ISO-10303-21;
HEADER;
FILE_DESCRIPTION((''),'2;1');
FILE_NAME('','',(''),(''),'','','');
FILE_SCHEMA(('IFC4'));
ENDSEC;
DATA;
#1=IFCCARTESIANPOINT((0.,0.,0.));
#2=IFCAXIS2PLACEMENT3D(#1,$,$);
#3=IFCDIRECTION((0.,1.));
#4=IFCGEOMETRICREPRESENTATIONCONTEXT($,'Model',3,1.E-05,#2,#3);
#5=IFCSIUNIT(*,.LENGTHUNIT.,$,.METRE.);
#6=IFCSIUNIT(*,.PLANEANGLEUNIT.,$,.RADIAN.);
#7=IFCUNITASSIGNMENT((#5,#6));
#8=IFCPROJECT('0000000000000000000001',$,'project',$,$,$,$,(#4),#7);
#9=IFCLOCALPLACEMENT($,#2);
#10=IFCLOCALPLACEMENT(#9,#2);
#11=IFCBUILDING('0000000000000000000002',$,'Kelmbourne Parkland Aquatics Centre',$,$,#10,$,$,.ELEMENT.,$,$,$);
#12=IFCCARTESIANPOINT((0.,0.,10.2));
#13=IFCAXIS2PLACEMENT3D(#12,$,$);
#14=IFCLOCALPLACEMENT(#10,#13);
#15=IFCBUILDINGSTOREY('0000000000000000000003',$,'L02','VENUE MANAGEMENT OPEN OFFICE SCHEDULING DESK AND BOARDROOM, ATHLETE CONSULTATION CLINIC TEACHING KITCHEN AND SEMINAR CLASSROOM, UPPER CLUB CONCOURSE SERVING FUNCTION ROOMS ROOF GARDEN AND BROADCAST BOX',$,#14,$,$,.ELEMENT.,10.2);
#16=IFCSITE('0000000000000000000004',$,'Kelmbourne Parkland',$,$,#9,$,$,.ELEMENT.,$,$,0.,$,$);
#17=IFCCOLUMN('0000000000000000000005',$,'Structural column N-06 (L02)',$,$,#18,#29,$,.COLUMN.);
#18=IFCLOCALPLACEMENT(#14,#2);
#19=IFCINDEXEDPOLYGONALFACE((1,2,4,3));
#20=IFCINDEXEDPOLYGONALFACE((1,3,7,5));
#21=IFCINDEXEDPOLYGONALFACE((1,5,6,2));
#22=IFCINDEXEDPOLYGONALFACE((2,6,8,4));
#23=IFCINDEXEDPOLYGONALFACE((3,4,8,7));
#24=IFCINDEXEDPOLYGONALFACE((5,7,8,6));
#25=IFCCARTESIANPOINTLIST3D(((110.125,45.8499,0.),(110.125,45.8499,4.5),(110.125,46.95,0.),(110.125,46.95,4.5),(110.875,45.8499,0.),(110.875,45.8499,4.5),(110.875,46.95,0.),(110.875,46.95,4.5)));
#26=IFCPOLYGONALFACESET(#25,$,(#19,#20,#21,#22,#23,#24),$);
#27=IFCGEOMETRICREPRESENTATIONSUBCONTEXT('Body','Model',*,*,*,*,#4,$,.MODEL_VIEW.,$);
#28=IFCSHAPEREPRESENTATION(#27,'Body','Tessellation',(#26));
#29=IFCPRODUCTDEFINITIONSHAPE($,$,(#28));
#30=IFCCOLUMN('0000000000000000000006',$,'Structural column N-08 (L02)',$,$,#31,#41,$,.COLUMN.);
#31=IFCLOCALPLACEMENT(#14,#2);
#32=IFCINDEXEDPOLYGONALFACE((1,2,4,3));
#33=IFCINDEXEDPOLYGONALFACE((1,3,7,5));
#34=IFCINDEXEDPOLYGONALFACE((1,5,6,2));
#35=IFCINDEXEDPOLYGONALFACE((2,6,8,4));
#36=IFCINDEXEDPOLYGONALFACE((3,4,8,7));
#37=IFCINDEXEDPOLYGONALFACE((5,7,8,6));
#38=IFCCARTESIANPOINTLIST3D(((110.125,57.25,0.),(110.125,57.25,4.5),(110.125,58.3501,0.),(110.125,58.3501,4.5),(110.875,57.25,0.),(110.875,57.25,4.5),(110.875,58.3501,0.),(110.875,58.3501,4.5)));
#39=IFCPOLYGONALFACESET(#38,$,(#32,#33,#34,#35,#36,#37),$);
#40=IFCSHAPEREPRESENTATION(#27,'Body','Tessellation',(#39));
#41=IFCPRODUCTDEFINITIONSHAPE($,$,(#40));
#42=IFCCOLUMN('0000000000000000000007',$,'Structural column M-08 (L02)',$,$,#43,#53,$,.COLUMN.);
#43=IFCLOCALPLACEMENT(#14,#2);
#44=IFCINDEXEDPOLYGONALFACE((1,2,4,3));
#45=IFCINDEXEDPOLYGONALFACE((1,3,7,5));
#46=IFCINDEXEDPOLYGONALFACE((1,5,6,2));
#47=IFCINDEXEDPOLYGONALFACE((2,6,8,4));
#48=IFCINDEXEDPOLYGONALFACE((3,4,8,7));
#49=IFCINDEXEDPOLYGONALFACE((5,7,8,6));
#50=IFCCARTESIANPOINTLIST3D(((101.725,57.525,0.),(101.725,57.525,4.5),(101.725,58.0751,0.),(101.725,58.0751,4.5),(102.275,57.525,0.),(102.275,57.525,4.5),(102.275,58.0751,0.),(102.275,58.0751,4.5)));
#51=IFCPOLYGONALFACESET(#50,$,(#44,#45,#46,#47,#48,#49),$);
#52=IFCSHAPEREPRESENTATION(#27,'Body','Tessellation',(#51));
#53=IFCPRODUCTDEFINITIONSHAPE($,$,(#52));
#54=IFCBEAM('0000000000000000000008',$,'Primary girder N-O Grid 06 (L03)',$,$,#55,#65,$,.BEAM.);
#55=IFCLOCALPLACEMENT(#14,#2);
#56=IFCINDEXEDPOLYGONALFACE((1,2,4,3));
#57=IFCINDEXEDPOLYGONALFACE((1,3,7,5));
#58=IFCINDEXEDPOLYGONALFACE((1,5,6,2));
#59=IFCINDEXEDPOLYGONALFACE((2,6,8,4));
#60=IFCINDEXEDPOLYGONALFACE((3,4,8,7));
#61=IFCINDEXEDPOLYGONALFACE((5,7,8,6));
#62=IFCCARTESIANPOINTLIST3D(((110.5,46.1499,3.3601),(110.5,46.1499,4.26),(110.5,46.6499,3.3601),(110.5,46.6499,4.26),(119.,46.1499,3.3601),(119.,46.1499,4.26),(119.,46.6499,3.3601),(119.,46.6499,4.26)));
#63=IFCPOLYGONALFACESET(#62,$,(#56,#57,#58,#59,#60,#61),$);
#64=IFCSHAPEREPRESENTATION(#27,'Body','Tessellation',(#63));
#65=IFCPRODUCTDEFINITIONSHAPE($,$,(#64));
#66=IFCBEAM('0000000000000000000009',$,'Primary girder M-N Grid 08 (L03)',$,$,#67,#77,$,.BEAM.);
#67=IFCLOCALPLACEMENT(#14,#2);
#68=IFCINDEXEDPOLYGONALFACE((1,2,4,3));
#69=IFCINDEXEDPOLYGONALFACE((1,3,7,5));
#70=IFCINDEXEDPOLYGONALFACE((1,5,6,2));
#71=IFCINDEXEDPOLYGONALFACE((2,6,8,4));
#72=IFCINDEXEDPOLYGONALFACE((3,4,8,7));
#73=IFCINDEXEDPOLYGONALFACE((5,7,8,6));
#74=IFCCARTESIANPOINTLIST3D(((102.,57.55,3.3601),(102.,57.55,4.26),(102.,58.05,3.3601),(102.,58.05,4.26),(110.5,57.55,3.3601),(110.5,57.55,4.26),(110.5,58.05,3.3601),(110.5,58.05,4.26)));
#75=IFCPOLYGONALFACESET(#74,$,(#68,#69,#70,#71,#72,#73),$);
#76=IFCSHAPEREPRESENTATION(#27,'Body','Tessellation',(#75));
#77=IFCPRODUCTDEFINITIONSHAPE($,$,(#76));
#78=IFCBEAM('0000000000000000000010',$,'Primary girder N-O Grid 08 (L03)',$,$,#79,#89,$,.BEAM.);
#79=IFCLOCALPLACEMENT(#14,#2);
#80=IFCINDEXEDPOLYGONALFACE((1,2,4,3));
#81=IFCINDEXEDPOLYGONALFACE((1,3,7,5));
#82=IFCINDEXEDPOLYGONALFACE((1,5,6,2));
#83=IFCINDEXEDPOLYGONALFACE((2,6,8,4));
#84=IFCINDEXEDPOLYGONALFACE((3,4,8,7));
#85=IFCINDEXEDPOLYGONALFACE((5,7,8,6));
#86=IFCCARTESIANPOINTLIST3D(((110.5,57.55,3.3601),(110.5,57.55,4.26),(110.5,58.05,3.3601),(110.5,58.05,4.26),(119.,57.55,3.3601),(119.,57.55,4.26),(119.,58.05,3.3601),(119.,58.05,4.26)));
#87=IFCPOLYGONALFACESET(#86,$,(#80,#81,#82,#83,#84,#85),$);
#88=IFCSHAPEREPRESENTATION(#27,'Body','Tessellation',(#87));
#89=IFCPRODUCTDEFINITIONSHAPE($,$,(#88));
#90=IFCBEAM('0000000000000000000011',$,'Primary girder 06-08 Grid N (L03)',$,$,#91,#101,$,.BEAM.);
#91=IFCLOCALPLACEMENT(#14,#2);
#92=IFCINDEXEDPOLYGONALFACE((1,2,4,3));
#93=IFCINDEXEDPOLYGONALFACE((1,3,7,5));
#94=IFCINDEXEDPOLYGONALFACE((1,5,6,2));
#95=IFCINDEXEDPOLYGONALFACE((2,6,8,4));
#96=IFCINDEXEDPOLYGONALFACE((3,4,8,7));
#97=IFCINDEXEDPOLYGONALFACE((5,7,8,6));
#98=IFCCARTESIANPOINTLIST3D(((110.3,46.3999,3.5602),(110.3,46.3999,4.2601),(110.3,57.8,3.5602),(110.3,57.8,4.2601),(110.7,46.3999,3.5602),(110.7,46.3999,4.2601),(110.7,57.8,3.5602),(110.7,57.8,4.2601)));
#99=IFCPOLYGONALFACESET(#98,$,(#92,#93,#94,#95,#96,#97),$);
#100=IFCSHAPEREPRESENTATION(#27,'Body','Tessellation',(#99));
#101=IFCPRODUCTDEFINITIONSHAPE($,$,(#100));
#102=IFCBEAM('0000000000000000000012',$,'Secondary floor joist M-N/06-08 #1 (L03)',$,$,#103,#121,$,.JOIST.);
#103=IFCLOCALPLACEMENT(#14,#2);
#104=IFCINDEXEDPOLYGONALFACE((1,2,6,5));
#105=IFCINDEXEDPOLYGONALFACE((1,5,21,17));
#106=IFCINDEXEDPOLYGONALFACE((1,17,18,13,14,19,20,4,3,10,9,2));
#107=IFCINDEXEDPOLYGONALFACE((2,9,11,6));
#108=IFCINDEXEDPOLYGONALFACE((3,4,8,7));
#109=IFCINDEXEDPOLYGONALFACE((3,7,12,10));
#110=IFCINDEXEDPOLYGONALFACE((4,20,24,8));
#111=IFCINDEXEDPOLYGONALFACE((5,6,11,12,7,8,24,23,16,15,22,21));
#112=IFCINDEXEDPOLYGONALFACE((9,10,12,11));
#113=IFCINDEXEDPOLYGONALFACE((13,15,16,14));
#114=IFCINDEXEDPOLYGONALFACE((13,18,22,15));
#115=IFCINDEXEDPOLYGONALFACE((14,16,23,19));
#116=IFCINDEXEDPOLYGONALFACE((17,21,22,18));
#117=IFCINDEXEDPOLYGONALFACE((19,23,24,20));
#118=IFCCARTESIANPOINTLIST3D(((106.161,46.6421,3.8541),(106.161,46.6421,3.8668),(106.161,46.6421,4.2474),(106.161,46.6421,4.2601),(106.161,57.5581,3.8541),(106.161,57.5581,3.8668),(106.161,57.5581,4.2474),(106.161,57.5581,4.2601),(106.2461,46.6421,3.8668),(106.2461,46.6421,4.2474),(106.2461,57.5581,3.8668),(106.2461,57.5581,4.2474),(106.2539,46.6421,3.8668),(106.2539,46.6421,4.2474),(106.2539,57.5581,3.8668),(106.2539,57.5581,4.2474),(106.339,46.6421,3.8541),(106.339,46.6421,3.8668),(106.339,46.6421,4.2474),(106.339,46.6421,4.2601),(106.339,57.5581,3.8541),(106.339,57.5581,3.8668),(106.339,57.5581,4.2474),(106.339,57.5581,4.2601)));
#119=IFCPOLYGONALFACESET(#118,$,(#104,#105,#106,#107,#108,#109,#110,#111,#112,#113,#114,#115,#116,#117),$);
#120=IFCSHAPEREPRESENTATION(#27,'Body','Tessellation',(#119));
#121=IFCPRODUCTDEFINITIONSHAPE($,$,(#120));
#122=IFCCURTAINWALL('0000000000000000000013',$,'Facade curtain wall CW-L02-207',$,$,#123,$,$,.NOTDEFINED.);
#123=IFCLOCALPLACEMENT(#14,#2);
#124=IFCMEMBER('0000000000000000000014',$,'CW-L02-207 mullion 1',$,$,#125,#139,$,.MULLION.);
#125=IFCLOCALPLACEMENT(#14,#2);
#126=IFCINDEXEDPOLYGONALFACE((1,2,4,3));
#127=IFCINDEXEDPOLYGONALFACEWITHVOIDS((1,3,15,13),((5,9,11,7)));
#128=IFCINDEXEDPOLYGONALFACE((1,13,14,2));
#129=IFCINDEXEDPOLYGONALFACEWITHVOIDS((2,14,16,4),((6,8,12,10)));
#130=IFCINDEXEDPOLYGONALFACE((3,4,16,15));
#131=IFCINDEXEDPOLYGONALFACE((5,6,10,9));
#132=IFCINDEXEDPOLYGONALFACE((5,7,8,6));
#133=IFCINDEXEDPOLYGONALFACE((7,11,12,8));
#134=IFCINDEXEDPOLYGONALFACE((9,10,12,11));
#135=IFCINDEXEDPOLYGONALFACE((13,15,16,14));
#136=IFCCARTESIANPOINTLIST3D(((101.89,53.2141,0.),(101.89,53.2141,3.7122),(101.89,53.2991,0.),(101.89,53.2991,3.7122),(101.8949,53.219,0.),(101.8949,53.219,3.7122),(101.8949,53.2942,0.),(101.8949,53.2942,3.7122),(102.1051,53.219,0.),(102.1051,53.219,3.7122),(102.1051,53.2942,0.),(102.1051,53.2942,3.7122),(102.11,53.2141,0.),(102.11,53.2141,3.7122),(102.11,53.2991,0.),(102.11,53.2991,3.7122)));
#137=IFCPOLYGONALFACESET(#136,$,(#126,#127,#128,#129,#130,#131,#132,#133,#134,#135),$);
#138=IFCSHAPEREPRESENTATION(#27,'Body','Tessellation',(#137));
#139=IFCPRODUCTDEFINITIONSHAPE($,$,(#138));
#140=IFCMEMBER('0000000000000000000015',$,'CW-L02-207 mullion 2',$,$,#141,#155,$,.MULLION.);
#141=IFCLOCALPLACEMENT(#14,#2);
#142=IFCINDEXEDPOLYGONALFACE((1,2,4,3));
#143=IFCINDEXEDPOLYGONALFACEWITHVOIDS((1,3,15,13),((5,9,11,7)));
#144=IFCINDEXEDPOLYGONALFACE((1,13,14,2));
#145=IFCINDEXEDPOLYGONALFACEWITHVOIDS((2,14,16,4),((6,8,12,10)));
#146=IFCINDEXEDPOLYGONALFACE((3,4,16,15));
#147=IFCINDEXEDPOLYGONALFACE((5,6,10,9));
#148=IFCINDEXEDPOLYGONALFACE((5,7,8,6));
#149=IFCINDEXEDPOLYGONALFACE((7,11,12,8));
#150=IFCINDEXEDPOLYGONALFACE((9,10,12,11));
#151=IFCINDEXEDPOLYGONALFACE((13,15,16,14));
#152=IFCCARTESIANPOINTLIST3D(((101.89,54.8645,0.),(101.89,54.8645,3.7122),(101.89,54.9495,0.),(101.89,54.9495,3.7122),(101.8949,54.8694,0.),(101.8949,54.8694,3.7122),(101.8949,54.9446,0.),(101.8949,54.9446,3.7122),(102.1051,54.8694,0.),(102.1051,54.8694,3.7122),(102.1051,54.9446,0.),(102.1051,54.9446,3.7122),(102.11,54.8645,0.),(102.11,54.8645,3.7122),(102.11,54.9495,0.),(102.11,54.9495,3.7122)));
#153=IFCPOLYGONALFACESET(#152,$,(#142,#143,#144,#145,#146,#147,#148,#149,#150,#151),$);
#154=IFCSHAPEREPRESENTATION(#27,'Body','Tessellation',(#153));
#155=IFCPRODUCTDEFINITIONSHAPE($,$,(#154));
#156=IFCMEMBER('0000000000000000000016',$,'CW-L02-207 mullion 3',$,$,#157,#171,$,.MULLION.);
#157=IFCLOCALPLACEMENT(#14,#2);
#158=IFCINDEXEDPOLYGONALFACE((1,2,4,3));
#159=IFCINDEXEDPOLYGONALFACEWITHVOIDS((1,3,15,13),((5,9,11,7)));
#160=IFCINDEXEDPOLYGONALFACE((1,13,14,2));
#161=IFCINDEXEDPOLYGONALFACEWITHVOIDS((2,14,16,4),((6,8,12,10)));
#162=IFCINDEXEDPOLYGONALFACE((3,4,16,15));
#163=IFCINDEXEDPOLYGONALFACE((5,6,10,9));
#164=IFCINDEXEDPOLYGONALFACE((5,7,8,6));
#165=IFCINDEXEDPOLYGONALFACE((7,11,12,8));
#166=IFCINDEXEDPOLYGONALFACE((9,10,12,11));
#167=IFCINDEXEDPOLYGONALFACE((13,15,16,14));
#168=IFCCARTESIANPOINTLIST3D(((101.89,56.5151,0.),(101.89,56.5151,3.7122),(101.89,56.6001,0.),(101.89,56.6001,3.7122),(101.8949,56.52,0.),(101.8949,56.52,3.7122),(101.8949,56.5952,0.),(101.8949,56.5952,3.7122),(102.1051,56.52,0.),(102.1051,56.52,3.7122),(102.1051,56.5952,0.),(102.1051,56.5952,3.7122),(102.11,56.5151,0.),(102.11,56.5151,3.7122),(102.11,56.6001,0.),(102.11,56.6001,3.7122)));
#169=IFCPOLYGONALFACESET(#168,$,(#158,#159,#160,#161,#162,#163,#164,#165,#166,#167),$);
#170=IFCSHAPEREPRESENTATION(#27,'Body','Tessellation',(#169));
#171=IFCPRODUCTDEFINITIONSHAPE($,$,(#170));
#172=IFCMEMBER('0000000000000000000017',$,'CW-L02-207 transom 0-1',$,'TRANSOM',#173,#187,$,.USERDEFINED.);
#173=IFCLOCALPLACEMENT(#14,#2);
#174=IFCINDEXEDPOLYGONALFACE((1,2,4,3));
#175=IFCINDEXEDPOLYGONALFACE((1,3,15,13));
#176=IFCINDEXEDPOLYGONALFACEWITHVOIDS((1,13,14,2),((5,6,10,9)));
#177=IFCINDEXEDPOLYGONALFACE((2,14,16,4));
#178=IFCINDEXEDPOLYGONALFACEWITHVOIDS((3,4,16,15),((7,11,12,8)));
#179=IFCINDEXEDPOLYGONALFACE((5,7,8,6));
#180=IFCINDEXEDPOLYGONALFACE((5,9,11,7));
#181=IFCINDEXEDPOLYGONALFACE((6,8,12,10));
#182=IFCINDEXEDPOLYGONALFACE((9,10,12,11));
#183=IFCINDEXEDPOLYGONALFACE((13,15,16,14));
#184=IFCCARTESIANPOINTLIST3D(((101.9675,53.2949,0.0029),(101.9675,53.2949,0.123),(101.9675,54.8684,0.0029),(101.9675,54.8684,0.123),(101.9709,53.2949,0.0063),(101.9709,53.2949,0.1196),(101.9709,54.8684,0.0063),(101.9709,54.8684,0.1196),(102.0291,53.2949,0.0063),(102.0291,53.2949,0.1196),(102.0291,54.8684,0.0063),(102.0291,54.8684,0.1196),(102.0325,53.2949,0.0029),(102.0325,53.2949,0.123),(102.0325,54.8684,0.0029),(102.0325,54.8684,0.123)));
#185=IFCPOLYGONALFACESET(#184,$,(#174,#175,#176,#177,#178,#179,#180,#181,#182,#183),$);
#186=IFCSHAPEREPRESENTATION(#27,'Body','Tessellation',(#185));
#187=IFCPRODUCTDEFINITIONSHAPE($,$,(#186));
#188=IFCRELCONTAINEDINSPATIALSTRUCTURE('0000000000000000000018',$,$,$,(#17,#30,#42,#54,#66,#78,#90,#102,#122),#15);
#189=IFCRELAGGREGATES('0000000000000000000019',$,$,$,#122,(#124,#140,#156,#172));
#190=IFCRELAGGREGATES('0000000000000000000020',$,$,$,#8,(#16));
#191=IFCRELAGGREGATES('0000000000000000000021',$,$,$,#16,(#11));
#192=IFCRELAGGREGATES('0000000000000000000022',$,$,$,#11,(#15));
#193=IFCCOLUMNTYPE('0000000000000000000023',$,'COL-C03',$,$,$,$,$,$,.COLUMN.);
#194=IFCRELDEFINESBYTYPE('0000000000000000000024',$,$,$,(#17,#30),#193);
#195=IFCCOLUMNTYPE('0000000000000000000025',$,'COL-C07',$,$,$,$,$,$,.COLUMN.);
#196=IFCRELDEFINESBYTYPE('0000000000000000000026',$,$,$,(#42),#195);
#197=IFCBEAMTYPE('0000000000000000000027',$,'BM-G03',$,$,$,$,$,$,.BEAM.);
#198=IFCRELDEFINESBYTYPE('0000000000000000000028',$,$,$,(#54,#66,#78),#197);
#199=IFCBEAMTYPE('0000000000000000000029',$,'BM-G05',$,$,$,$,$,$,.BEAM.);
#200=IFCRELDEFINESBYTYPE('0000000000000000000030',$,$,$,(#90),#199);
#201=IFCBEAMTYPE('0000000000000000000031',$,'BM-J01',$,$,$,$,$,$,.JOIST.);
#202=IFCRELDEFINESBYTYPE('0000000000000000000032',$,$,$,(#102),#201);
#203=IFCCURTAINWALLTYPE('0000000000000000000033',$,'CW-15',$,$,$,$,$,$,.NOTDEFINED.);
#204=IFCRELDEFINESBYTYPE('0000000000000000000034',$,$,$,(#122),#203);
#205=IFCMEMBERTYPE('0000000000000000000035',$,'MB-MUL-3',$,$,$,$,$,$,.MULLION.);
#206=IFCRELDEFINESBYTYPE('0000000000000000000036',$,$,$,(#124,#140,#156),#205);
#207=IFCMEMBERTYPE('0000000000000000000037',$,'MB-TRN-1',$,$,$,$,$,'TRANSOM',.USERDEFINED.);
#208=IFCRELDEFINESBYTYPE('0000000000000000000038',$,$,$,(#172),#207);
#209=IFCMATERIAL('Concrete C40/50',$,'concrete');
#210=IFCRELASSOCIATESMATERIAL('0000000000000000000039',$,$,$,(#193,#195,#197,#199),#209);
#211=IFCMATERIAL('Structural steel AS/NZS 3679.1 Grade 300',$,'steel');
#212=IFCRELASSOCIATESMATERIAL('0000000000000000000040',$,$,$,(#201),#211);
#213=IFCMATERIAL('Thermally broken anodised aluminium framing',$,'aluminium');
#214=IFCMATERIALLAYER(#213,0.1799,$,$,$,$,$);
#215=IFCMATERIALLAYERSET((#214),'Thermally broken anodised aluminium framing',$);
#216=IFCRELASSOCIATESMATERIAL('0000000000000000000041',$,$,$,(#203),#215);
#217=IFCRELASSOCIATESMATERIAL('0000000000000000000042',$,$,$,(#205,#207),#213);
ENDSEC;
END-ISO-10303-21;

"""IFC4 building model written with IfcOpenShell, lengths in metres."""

from ifc_helpers import new_model, si_unit, direction, frame, origin, origin_2d, place, context, subcontext, project, spatial, rectangle, hollow_rectangle, i_section, extrude, material, layer, layer_set, material_profile, profile_set, type_object, element, aggregate, save


model = new_model("IFC4")

# Units and contexts
model_context = context("Model", 3, precision=1e-05, world=origin(), true_north=direction((0.0, 1.0)))
body_context = subcontext(model_context, "Body", "Model", "MODEL_VIEW")
ifc_project = project(units=[si_unit("LENGTHUNIT", "METRE"), si_unit("PLANEANGLEUNIT", "RADIAN")], contexts=[model_context])

# Site, building, storey
site_placement = place(None, origin())
site = spatial("IfcSite", under=ifc_project, at=site_placement, Name="Kelmbourne Parkland", CompositionType="ELEMENT", RefElevation=0.0)
building_placement = place(site_placement, origin())
building = spatial("IfcBuilding", under=site, at=building_placement, Name="Kelmbourne Parkland Aquatics Centre", CompositionType="ELEMENT")
storey_placement = place(building_placement, frame((0.0, 0.0, 10.2)))
storey = spatial("IfcBuildingStorey", under=building, at=storey_placement, Name="L02", Description="VENUE MANAGEMENT OPEN OFFICE SCHEDULING DESK AND BOARDROOM, ATHLETE CONSULTATION CLINIC TEACHING KITCHEN AND SEMINAR CLASSROOM, UPPER CLUB CONCOURSE SERVING FUNCTION ROOMS ROOF GARDEN AND BROADCAST BOX", CompositionType="ELEMENT", Elevation=10.2)

# Columns
ifc_material_1 = material(Name="Concrete C40/50", Category="concrete")
ifc_material_profile_1 = material_profile(ifc_material_1, rectangle(XDim=0.75, YDim=1.1001, at=origin_2d()), Name="RC 750x1100")
ifc_profile_set_1 = profile_set([ifc_material_profile_1], Name="Concrete C40/50")
column_type_1 = type_object("IfcColumnType", Name="COL-C03", PredefinedType="COLUMN", material=ifc_profile_set_1)
for number, where, z_axis, x_axis, name in (
    (1, (110.5, 46.3999, 0.0), (0.0, 0.0, 1.0), (1.0, 0.0, 0.0), "Structural column N-06 (L02)"),
    (2, (110.5, 57.8, 0.0), (0.0, 0.0, 1.0), (1.0, 0.0, 0.0), "Structural column N-08 (L02)"),
):
    element("IfcColumn", number, at=place(storey_placement, frame(where, z_axis=z_axis, x_axis=x_axis)), inside=storey, type_object=column_type_1, Name=name, PredefinedType="COLUMN", context=body_context, shape_type="SweptSolid", body=[
        extrude(rectangle(XDim=0.75, YDim=1.1001, at=origin_2d()), origin(), (0.0, 0.0, 1.0), 4.5),
    ])
ifc_material_profile_2 = material_profile(ifc_material_1, rectangle(XDim=0.55, YDim=0.55, at=origin_2d()), Name="RC 550x550")
ifc_profile_set_2 = profile_set([ifc_material_profile_2], Name="Concrete C40/50")
column_type_2 = type_object("IfcColumnType", Name="COL-C07", PredefinedType="COLUMN", material=ifc_profile_set_2)
column_placement = place(storey_placement, frame((102.0, 57.8, 0.0), z_axis=(0.0, 0.0, 1.0), x_axis=(1.0, 0.0, 0.0)))
element("IfcColumn", 3, at=column_placement, inside=storey, type_object=column_type_2, Name="Structural column M-08 (L02)", PredefinedType="COLUMN", context=body_context, shape_type="SweptSolid", body=[
    extrude(rectangle(XDim=0.55, YDim=0.55, at=origin_2d()), origin(), (0.0, 0.0, 1.0), 4.5),
])

# Beams
ifc_material_profile_3 = material_profile(ifc_material_1, rectangle(XDim=0.5, YDim=0.8999, at=origin_2d()), Name="RC 500x900")
ifc_profile_set_3 = profile_set([ifc_material_profile_3], Name="Concrete C40/50")
beam_type_1 = type_object("IfcBeamType", Name="BM-G03", PredefinedType="BEAM", material=ifc_profile_set_3)
for number, where, z_axis, x_axis, name in (
    (4, (110.5, 46.3999, 3.8101), (1.0, 0.0, 0.0), (0.0, 1.0, 0.0), "Primary girder N-O Grid 06 (L03)"),
    (5, (102.0, 57.8, 3.8101), (1.0, 0.0, 0.0), (0.0, 1.0, 0.0), "Primary girder M-N Grid 08 (L03)"),
    (6, (110.5, 57.8, 3.8101), (1.0, 0.0, 0.0), (0.0, 1.0, 0.0), "Primary girder N-O Grid 08 (L03)"),
):
    element("IfcBeam", number, at=place(storey_placement, frame(where, z_axis=z_axis, x_axis=x_axis)), inside=storey, type_object=beam_type_1, Name=name, PredefinedType="BEAM", context=body_context, shape_type="SweptSolid", body=[
        extrude(rectangle(XDim=0.5, YDim=0.8999, at=origin_2d()), origin(), (0.0, 0.0, 1.0), 8.5),
    ])
ifc_material_profile_4 = material_profile(ifc_material_1, rectangle(XDim=0.3999, YDim=0.7, at=origin_2d()), Name="RC 400x700")
ifc_profile_set_4 = profile_set([ifc_material_profile_4], Name="Concrete C40/50")
beam_type_2 = type_object("IfcBeamType", Name="BM-G05", PredefinedType="BEAM", material=ifc_profile_set_4)
beam_1_placement = place(storey_placement, frame((110.5, 46.3999, 3.9102), z_axis=(0.0, 1.0, 0.0), x_axis=(-1.0, 0.0, 0.0)))
element("IfcBeam", 7, at=beam_1_placement, inside=storey, type_object=beam_type_2, Name="Primary girder 06-08 Grid N (L03)", PredefinedType="BEAM", context=body_context, shape_type="SweptSolid", body=[
    extrude(rectangle(XDim=0.3999, YDim=0.7, at=origin_2d()), origin(), (0.0, 0.0, 1.0), 11.4001),
])
ifc_material_2 = material(Name="Structural steel AS/NZS 3679.1 Grade 300", Category="steel")
ifc_material_profile_5 = material_profile(ifc_material_2, i_section(OverallWidth=0.178, OverallDepth=0.406, WebThickness=0.0078, FlangeThickness=0.0127, at=origin_2d()), Name="410UB59.7")
ifc_profile_set_5 = profile_set([ifc_material_profile_5], Name="Structural steel AS/NZS 3679.1 Grade 300")
beam_type_3 = type_object("IfcBeamType", Name="BM-J01", PredefinedType="JOIST", material=ifc_profile_set_5)
beam_2_placement = place(storey_placement, frame((106.25, 46.6421, 4.0571), z_axis=(0.0, 1.0, 0.0), x_axis=(-1.0, 0.0, 0.0)))
element("IfcBeam", 8, at=beam_2_placement, inside=storey, type_object=beam_type_3, Name="Secondary floor joist M-N/06-08 #1 (L03)", PredefinedType="JOIST", context=body_context, shape_type="SweptSolid", body=[
    extrude(i_section(OverallWidth=0.178, OverallDepth=0.406, WebThickness=0.0078, FlangeThickness=0.0127, at=origin_2d()), origin(), (0.0, 0.0, 1.0), 10.916),
])

# Curtain wall, members
ifc_material_3 = material(Name="Thermally broken anodised aluminium framing", Category="aluminium")
ifc_layer_1 = layer(ifc_material_3, 0.1799)
ifc_layer_set_1 = layer_set([ifc_layer_1], Name="Thermally broken anodised aluminium framing")
curtain_wall_type = type_object("IfcCurtainWallType", Name="CW-15", PredefinedType="NOTDEFINED", material=ifc_layer_set_1)
curtain_wall_placement = place(storey_placement, origin())
curtain_wall = element("IfcCurtainWall", 9, at=curtain_wall_placement, inside=storey, type_object=curtain_wall_type, Name="Facade curtain wall CW-L02-207", PredefinedType="NOTDEFINED")
ifc_material_profile_6 = material_profile(ifc_material_3, hollow_rectangle(XDim=0.085, YDim=0.22, WallThickness=0.0049, at=origin_2d()), Name="CW-M 85x220")
ifc_profile_set_6 = profile_set([ifc_material_profile_6], Name="Thermally broken anodised aluminium framing")
member_type_1 = type_object("IfcMemberType", Name="MB-MUL-3", PredefinedType="MULLION", material=ifc_profile_set_6)
member_1_placement = place(storey_placement, frame((102.0, 53.2566, 0.0), z_axis=(0.0, 0.0, 1.0), x_axis=(0.0, 1.0, 0.0)))
member_1 = element("IfcMember", 10, at=member_1_placement, type_object=member_type_1, Name="CW-L02-207 mullion 1", PredefinedType="MULLION", context=body_context, shape_type="SweptSolid", body=[
    extrude(hollow_rectangle(XDim=0.085, YDim=0.22, WallThickness=0.0049, at=origin_2d()), origin(), (0.0, 0.0, 1.0), 3.7122),
])
member_2_placement = place(storey_placement, frame((102.0, 54.907, 0.0), z_axis=(0.0, 0.0, 1.0), x_axis=(0.0, 1.0, 0.0)))
member_2 = element("IfcMember", 11, at=member_2_placement, type_object=member_type_1, Name="CW-L02-207 mullion 2", PredefinedType="MULLION", context=body_context, shape_type="SweptSolid", body=[
    extrude(hollow_rectangle(XDim=0.085, YDim=0.22, WallThickness=0.0049, at=origin_2d()), origin(), (0.0, 0.0, 1.0), 3.7122),
])
member_3_placement = place(storey_placement, frame((102.0, 56.5576, 0.0), z_axis=(0.0, 0.0, 1.0), x_axis=(0.0, 1.0, 0.0)))
member_3 = element("IfcMember", 12, at=member_3_placement, type_object=member_type_1, Name="CW-L02-207 mullion 3", PredefinedType="MULLION", context=body_context, shape_type="SweptSolid", body=[
    extrude(hollow_rectangle(XDim=0.085, YDim=0.22, WallThickness=0.0049, at=origin_2d()), origin(), (0.0, 0.0, 1.0), 3.7122),
])
ifc_material_profile_7 = material_profile(ifc_material_3, hollow_rectangle(XDim=0.0649, YDim=0.1201, WallThickness=0.0034, at=origin_2d()), Name="CW-T 65x120")
ifc_profile_set_7 = profile_set([ifc_material_profile_7], Name="Thermally broken anodised aluminium framing")
member_type_2 = type_object("IfcMemberType", Name="MB-TRN-1", ElementType="TRANSOM", PredefinedType="USERDEFINED", material=ifc_profile_set_7)
member_4_placement = place(storey_placement, frame((102.0, 53.2949, 0.063), z_axis=(0.0, 1.0, 0.0), x_axis=(-1.0, 0.0, 0.0)))
member_4 = element("IfcMember", 13, at=member_4_placement, type_object=member_type_2, Name="CW-L02-207 transom 0-1", ObjectType="TRANSOM", PredefinedType="USERDEFINED", context=body_context, shape_type="SweptSolid", body=[
    extrude(hollow_rectangle(XDim=0.0649, YDim=0.1201, WallThickness=0.0034, at=origin_2d()), origin(), (0.0, 0.0, 1.0), 1.5735),
])
aggregate(curtain_wall, [member_1, member_2, member_3, member_4])

save(model, "model.ifc")
